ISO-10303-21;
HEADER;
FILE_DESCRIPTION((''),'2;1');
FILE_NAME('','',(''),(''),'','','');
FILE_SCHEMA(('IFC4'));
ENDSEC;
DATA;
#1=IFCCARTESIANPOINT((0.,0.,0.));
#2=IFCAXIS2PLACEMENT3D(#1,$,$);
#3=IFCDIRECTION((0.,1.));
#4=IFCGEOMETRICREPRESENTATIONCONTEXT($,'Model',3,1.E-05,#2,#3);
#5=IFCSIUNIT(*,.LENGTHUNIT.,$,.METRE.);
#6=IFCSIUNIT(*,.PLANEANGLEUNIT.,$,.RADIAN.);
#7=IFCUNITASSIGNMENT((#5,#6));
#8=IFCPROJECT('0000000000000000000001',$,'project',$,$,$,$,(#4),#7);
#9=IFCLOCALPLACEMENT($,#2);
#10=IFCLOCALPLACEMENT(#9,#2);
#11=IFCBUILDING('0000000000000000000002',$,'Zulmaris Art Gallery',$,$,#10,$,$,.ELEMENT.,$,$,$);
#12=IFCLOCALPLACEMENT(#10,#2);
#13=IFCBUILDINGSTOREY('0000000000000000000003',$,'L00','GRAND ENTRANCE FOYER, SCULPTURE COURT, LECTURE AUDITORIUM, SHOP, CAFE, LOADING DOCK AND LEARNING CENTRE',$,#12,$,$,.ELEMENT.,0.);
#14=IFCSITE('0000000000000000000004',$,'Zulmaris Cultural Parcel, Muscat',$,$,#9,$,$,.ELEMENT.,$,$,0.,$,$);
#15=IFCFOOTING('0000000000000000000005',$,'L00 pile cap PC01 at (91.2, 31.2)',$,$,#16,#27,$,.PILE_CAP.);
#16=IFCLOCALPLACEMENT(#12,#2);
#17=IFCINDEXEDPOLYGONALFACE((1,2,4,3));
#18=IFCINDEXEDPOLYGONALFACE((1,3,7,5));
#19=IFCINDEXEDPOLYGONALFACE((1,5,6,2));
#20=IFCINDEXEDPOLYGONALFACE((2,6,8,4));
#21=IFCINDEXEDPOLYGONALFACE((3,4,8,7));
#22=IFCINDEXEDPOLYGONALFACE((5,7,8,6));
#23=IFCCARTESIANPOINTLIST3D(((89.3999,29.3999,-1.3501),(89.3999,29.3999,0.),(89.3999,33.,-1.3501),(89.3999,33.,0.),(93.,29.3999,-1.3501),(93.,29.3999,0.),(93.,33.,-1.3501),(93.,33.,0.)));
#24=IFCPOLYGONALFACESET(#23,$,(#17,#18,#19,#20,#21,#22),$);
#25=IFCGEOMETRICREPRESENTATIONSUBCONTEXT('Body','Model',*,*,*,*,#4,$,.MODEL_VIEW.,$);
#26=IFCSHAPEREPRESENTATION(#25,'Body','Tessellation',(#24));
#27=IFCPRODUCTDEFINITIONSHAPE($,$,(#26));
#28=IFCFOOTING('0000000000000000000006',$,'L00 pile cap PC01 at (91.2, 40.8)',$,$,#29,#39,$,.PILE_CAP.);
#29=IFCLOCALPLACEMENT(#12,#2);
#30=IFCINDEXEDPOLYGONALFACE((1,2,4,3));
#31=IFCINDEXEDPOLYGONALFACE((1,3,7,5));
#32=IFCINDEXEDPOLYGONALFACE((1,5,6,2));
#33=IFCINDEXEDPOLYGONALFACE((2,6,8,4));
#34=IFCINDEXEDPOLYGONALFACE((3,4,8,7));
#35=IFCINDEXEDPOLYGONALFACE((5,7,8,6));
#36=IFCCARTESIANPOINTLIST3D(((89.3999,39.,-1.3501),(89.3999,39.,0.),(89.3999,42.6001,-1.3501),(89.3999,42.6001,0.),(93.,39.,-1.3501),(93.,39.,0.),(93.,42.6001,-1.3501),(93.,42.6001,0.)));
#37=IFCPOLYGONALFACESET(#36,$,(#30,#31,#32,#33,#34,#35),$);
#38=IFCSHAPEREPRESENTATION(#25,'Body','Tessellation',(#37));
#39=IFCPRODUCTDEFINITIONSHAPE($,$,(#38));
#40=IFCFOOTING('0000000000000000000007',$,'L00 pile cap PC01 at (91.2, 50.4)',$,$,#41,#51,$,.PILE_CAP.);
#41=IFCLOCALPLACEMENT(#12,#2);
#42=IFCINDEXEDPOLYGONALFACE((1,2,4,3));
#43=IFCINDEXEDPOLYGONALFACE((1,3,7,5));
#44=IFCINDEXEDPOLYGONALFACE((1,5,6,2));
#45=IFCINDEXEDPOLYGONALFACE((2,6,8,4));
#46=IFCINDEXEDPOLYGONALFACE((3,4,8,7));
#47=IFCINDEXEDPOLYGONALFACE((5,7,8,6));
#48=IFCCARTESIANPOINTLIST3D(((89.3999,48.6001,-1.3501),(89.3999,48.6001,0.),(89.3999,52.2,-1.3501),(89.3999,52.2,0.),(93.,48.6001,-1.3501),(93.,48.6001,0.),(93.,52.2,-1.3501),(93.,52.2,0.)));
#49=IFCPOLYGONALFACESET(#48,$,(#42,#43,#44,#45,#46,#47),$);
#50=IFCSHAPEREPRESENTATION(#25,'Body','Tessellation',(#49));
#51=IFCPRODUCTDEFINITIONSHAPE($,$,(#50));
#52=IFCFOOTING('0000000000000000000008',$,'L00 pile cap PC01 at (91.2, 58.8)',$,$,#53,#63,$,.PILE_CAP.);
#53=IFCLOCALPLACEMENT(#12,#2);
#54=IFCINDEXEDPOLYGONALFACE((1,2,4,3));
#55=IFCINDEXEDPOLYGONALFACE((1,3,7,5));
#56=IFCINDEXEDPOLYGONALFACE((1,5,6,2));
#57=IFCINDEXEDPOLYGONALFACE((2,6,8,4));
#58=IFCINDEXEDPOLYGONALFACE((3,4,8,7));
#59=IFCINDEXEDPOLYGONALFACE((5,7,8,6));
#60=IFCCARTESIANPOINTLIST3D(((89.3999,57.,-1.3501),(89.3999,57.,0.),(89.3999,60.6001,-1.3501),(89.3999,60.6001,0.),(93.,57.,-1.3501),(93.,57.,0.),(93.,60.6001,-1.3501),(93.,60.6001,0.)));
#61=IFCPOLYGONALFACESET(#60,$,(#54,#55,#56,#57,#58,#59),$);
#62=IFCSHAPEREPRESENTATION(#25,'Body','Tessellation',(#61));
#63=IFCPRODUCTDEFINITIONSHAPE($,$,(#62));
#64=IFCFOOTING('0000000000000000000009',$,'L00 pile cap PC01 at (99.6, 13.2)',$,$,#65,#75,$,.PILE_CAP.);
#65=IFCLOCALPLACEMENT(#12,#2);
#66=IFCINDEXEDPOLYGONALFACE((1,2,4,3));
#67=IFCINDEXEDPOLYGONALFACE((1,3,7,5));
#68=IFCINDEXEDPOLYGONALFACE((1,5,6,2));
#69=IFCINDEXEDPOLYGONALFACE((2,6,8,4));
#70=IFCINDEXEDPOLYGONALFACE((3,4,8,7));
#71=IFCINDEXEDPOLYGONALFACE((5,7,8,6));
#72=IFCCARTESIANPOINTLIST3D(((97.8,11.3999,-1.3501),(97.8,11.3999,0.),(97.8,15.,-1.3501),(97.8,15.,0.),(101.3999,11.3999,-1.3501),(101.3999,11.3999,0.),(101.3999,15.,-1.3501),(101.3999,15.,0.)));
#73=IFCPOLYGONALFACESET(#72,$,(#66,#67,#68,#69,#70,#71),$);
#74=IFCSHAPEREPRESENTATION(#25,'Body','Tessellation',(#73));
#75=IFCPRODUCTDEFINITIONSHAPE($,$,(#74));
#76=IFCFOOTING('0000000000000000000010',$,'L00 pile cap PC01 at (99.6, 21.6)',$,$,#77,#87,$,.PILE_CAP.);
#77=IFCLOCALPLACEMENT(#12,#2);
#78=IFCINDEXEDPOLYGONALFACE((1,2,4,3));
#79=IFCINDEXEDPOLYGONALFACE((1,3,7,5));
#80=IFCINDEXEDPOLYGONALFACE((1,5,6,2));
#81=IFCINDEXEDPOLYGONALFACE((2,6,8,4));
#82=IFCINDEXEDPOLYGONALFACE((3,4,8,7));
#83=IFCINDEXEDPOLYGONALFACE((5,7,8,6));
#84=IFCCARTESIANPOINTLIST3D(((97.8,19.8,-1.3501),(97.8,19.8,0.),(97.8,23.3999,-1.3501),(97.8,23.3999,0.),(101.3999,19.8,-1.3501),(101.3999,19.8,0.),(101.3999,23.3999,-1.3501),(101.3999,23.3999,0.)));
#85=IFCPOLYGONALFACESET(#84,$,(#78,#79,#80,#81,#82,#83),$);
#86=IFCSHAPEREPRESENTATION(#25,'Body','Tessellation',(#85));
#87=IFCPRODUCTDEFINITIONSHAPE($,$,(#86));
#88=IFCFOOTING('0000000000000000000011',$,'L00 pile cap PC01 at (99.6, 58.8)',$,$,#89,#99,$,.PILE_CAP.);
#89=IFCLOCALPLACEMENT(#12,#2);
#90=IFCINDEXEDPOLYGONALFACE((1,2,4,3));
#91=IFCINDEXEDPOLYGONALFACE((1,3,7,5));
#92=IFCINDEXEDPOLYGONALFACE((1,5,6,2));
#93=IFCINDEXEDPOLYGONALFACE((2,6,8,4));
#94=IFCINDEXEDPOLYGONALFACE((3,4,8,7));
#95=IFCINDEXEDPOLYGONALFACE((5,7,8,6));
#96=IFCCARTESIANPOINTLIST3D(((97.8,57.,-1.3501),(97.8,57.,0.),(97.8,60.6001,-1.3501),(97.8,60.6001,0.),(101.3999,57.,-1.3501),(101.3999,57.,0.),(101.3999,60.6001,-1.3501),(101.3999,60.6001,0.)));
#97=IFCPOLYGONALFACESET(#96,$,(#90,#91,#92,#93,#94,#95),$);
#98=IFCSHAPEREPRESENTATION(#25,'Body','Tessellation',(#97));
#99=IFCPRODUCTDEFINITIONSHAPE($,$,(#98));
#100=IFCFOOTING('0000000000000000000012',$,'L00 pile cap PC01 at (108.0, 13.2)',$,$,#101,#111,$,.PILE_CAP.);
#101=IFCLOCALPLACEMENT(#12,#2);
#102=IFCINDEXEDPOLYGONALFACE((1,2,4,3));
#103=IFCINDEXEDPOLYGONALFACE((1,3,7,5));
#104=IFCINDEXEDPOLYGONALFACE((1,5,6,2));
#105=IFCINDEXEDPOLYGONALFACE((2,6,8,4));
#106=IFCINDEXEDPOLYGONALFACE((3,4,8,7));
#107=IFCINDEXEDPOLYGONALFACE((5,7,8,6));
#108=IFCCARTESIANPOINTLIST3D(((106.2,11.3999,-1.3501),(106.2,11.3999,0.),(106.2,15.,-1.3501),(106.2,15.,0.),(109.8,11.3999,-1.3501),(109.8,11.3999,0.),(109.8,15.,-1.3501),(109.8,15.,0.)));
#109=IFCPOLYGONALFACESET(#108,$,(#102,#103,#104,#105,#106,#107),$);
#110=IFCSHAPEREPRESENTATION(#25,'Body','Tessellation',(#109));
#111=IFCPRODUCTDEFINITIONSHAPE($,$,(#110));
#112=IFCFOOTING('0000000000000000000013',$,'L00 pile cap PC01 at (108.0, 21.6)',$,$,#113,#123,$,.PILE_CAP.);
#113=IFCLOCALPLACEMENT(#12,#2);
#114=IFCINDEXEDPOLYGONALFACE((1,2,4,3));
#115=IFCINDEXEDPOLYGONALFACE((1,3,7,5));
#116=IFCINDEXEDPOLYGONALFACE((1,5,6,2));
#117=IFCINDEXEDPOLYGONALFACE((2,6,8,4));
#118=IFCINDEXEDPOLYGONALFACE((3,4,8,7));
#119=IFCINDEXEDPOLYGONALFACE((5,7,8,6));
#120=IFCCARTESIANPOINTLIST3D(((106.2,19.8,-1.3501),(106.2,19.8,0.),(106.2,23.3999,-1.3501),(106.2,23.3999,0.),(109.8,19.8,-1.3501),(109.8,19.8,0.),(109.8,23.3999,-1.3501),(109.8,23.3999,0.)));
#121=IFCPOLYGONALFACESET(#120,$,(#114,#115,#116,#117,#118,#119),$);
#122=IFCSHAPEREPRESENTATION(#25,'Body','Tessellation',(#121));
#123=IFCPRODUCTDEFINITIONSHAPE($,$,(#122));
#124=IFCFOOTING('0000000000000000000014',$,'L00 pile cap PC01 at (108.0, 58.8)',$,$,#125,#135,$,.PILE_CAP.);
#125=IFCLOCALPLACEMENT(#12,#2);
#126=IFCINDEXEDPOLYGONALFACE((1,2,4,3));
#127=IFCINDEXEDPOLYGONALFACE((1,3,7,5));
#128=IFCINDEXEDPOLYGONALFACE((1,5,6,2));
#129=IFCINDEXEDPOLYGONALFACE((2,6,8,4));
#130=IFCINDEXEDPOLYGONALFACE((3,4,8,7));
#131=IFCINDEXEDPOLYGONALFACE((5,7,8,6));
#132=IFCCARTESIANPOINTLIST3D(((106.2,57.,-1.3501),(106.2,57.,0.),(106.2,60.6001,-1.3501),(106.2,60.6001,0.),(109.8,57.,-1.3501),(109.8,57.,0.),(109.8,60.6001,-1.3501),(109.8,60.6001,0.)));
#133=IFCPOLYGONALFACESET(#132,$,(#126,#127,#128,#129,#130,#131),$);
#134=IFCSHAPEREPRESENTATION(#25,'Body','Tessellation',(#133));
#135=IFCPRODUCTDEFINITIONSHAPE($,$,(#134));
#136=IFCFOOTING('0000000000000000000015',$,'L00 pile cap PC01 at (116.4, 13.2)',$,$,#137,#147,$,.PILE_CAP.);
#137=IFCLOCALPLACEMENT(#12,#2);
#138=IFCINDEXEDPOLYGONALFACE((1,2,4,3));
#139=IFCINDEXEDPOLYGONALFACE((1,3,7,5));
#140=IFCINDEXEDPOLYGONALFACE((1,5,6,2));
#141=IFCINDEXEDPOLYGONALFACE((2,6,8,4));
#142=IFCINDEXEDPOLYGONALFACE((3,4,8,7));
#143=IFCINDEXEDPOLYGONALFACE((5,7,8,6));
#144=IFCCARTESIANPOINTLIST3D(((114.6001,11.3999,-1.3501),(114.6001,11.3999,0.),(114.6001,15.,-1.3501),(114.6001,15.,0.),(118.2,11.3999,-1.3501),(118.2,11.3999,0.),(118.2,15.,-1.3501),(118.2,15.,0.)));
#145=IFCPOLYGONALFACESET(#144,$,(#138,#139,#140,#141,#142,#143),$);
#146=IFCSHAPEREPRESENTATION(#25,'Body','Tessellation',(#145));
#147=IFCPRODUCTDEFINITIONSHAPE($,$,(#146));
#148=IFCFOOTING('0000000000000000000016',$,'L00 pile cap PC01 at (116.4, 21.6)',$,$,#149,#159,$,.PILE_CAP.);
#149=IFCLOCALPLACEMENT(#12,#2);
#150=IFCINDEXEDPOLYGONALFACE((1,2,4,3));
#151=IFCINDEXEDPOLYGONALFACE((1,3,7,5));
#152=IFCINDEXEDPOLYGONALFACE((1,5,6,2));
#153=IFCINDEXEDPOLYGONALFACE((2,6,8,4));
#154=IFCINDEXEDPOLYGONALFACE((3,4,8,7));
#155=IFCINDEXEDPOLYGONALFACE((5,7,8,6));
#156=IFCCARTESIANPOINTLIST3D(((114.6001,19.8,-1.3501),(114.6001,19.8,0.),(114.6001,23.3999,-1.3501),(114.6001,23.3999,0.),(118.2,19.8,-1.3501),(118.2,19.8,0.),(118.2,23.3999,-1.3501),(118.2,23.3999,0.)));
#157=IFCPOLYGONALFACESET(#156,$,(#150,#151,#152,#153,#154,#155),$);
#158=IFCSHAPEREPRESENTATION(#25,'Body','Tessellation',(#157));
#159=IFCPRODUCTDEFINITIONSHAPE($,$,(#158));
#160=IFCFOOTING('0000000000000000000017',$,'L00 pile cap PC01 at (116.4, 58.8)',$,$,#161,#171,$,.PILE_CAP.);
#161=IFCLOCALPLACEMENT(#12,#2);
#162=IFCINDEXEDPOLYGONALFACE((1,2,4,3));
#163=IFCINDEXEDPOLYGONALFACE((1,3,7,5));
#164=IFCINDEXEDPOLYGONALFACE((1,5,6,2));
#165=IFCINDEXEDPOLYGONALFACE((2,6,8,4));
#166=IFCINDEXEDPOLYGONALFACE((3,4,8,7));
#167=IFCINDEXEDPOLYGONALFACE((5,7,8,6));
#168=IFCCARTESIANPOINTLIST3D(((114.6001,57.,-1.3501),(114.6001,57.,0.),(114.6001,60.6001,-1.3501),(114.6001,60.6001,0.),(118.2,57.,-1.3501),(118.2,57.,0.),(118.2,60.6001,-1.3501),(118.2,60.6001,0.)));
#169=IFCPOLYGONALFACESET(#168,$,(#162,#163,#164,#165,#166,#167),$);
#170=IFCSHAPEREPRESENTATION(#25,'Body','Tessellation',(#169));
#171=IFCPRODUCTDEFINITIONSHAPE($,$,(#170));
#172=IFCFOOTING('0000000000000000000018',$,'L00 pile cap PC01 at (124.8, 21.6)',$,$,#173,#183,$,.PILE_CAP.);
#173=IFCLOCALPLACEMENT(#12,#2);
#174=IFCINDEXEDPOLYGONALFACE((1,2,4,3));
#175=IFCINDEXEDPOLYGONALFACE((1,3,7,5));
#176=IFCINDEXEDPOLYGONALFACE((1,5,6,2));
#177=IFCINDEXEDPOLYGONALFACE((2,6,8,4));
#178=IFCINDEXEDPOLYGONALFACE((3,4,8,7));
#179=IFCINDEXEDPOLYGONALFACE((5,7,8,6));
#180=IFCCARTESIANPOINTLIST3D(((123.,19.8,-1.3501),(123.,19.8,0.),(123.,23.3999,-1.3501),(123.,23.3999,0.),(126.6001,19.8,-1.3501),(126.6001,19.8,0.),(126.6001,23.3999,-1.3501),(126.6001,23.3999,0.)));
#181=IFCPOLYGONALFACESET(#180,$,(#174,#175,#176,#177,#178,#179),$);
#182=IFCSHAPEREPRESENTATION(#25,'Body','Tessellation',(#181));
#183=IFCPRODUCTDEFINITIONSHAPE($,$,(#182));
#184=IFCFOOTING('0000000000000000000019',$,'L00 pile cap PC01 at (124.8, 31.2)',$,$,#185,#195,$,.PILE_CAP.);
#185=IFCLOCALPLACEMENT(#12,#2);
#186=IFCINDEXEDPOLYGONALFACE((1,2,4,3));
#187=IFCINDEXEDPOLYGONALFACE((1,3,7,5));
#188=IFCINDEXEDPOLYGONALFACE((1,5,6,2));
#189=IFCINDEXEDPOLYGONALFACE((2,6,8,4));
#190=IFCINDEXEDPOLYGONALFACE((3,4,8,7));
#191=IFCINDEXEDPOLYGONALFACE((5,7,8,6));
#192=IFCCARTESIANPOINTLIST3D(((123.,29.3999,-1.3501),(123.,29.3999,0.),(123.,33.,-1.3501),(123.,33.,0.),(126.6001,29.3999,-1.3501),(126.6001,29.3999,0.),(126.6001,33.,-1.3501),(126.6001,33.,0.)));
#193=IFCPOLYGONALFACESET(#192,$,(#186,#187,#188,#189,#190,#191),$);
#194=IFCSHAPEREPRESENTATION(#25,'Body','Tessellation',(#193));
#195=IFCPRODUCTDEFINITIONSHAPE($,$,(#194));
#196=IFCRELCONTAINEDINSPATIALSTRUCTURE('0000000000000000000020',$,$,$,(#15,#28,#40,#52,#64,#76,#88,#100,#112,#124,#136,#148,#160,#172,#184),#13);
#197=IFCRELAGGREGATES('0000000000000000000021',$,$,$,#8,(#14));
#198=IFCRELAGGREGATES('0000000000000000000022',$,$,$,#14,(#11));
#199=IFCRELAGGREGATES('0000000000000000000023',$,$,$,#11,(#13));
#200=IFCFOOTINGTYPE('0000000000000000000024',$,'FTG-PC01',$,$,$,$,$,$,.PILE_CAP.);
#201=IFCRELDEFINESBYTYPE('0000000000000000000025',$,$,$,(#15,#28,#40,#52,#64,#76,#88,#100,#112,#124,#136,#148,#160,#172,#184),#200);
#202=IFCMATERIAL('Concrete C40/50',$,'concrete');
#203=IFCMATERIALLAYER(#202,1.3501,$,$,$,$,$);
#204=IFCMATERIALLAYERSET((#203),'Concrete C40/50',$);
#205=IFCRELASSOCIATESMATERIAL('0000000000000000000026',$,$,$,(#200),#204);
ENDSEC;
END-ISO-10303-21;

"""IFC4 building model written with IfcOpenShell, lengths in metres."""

from ifc_helpers import new_model, si_unit, direction, frame, origin, place, context, subcontext, project, spatial, polyline, outline, extrude, material, layer, layer_set, type_object, element, save


model = new_model("IFC4")

# Units and contexts
model_context = context("Model", 3, precision=1e-05, world=origin(), true_north=direction((0.0, 1.0)))
body_context = subcontext(model_context, "Body", "Model", "MODEL_VIEW")
ifc_project = project(units=[si_unit("LENGTHUNIT", "METRE"), si_unit("PLANEANGLEUNIT", "RADIAN")], contexts=[model_context])

# Site, building, storey
site_placement = place(None, origin())
site = spatial("IfcSite", under=ifc_project, at=site_placement, Name="Zulmaris Cultural Parcel, Muscat", CompositionType="ELEMENT", RefElevation=0.0)
building_placement = place(site_placement, origin())
building = spatial("IfcBuilding", under=site, at=building_placement, Name="Zulmaris Art Gallery", CompositionType="ELEMENT")
storey_placement = place(building_placement, origin())
storey = spatial("IfcBuildingStorey", under=building, at=storey_placement, Name="L00", Description="GRAND ENTRANCE FOYER, SCULPTURE COURT, LECTURE AUDITORIUM, SHOP, CAFE, LOADING DOCK AND LEARNING CENTRE", CompositionType="ELEMENT", Elevation=0.0)

# Footings
ifc_material = material(Name="Concrete C40/50", Category="concrete")
ifc_layer_1 = layer(ifc_material, 1.3501)
ifc_layer_set_1 = layer_set([ifc_layer_1], Name="Concrete C40/50")
footing_type_1 = type_object("IfcFootingType", Name="FTG-PC01", PredefinedType="PILE_CAP", material=ifc_layer_set_1)
footing_1_placement = place(storey_placement, frame((0.0, 0.0, -1.3501)))
element("IfcFooting", 1, at=footing_1_placement, inside=storey, type_object=footing_type_1, Name="L00 pile cap PC01 at (91.2, 31.2)", PredefinedType="PILE_CAP", context=body_context, shape_type="SweptSolid", body=[
    extrude(outline(polyline([(89.3999, 29.3999), (93.0, 29.3999), (93.0, 33.0), (89.3999, 33.0), (89.3999, 29.3999)])), origin(), (0.0, 0.0, 1.0), 1.3501),
])
footing_2_placement = place(storey_placement, frame((0.0, 0.0, -1.3501)))
element("IfcFooting", 2, at=footing_2_placement, inside=storey, type_object=footing_type_1, Name="L00 pile cap PC01 at (91.2, 40.8)", PredefinedType="PILE_CAP", context=body_context, shape_type="SweptSolid", body=[
    extrude(outline(polyline([(89.3999, 39.0), (93.0, 39.0), (93.0, 42.6001), (89.3999, 42.6001), (89.3999, 39.0)])), origin(), (0.0, 0.0, 1.0), 1.3501),
])
footing_3_placement = place(storey_placement, frame((0.0, 0.0, -1.3501)))
element("IfcFooting", 3, at=footing_3_placement, inside=storey, type_object=footing_type_1, Name="L00 pile cap PC01 at (91.2, 50.4)", PredefinedType="PILE_CAP", context=body_context, shape_type="SweptSolid", body=[
    extrude(outline(polyline([(89.3999, 48.6001), (93.0, 48.6001), (93.0, 52.2), (89.3999, 52.2), (89.3999, 48.6001)])), origin(), (0.0, 0.0, 1.0), 1.3501),
])
footing_4_placement = place(storey_placement, frame((0.0, 0.0, -1.3501)))
element("IfcFooting", 4, at=footing_4_placement, inside=storey, type_object=footing_type_1, Name="L00 pile cap PC01 at (91.2, 58.8)", PredefinedType="PILE_CAP", context=body_context, shape_type="SweptSolid", body=[
    extrude(outline(polyline([(89.3999, 57.0), (93.0, 57.0), (93.0, 60.6001), (89.3999, 60.6001), (89.3999, 57.0)])), origin(), (0.0, 0.0, 1.0), 1.3501),
])
footing_5_placement = place(storey_placement, frame((0.0, 0.0, -1.3501)))
element("IfcFooting", 5, at=footing_5_placement, inside=storey, type_object=footing_type_1, Name="L00 pile cap PC01 at (99.6, 13.2)", PredefinedType="PILE_CAP", context=body_context, shape_type="SweptSolid", body=[
    extrude(outline(polyline([(97.8, 11.3999), (101.3999, 11.3999), (101.3999, 15.0), (97.8, 15.0), (97.8, 11.3999)])), origin(), (0.0, 0.0, 1.0), 1.3501),
])
footing_6_placement = place(storey_placement, frame((0.0, 0.0, -1.3501)))
element("IfcFooting", 6, at=footing_6_placement, inside=storey, type_object=footing_type_1, Name="L00 pile cap PC01 at (99.6, 21.6)", PredefinedType="PILE_CAP", context=body_context, shape_type="SweptSolid", body=[
    extrude(outline(polyline([(97.8, 19.8), (101.3999, 19.8), (101.3999, 23.3999), (97.8, 23.3999), (97.8, 19.8)])), origin(), (0.0, 0.0, 1.0), 1.3501),
])
footing_7_placement = place(storey_placement, frame((0.0, 0.0, -1.3501)))
element("IfcFooting", 7, at=footing_7_placement, inside=storey, type_object=footing_type_1, Name="L00 pile cap PC01 at (99.6, 58.8)", PredefinedType="PILE_CAP", context=body_context, shape_type="SweptSolid", body=[
    extrude(outline(polyline([(97.8, 57.0), (101.3999, 57.0), (101.3999, 60.6001), (97.8, 60.6001), (97.8, 57.0)])), origin(), (0.0, 0.0, 1.0), 1.3501),
])
footing_8_placement = place(storey_placement, frame((0.0, 0.0, -1.3501)))
element("IfcFooting", 8, at=footing_8_placement, inside=storey, type_object=footing_type_1, Name="L00 pile cap PC01 at (108.0, 13.2)", PredefinedType="PILE_CAP", context=body_context, shape_type="SweptSolid", body=[
    extrude(outline(polyline([(106.2, 11.3999), (109.8, 11.3999), (109.8, 15.0), (106.2, 15.0), (106.2, 11.3999)])), origin(), (0.0, 0.0, 1.0), 1.3501),
])
footing_9_placement = place(storey_placement, frame((0.0, 0.0, -1.3501)))
element("IfcFooting", 9, at=footing_9_placement, inside=storey, type_object=footing_type_1, Name="L00 pile cap PC01 at (108.0, 21.6)", PredefinedType="PILE_CAP", context=body_context, shape_type="SweptSolid", body=[
    extrude(outline(polyline([(106.2, 19.8), (109.8, 19.8), (109.8, 23.3999), (106.2, 23.3999), (106.2, 19.8)])), origin(), (0.0, 0.0, 1.0), 1.3501),
])
footing_10_placement = place(storey_placement, frame((0.0, 0.0, -1.3501)))
element("IfcFooting", 10, at=footing_10_placement, inside=storey, type_object=footing_type_1, Name="L00 pile cap PC01 at (108.0, 58.8)", PredefinedType="PILE_CAP", context=body_context, shape_type="SweptSolid", body=[
    extrude(outline(polyline([(106.2, 57.0), (109.8, 57.0), (109.8, 60.6001), (106.2, 60.6001), (106.2, 57.0)])), origin(), (0.0, 0.0, 1.0), 1.3501),
])
footing_11_placement = place(storey_placement, frame((0.0, 0.0, -1.3501)))
element("IfcFooting", 11, at=footing_11_placement, inside=storey, type_object=footing_type_1, Name="L00 pile cap PC01 at (116.4, 13.2)", PredefinedType="PILE_CAP", context=body_context, shape_type="SweptSolid", body=[
    extrude(outline(polyline([(114.6001, 11.3999), (118.2, 11.3999), (118.2, 15.0), (114.6001, 15.0), (114.6001, 11.3999)])), origin(), (0.0, 0.0, 1.0), 1.3501),
])
footing_12_placement = place(storey_placement, frame((0.0, 0.0, -1.3501)))
element("IfcFooting", 12, at=footing_12_placement, inside=storey, type_object=footing_type_1, Name="L00 pile cap PC01 at (116.4, 21.6)", PredefinedType="PILE_CAP", context=body_context, shape_type="SweptSolid", body=[
    extrude(outline(polyline([(114.6001, 19.8), (118.2, 19.8), (118.2, 23.3999), (114.6001, 23.3999), (114.6001, 19.8)])), origin(), (0.0, 0.0, 1.0), 1.3501),
])
footing_13_placement = place(storey_placement, frame((0.0, 0.0, -1.3501)))
element("IfcFooting", 13, at=footing_13_placement, inside=storey, type_object=footing_type_1, Name="L00 pile cap PC01 at (116.4, 58.8)", PredefinedType="PILE_CAP", context=body_context, shape_type="SweptSolid", body=[
    extrude(outline(polyline([(114.6001, 57.0), (118.2, 57.0), (118.2, 60.6001), (114.6001, 60.6001), (114.6001, 57.0)])), origin(), (0.0, 0.0, 1.0), 1.3501),
])
footing_14_placement = place(storey_placement, frame((0.0, 0.0, -1.3501)))
element("IfcFooting", 14, at=footing_14_placement, inside=storey, type_object=footing_type_1, Name="L00 pile cap PC01 at (124.8, 21.6)", PredefinedType="PILE_CAP", context=body_context, shape_type="SweptSolid", body=[
    extrude(outline(polyline([(123.0, 19.8), (126.6001, 19.8), (126.6001, 23.3999), (123.0, 23.3999), (123.0, 19.8)])), origin(), (0.0, 0.0, 1.0), 1.3501),
])
footing_15_placement = place(storey_placement, frame((0.0, 0.0, -1.3501)))
element("IfcFooting", 15, at=footing_15_placement, inside=storey, type_object=footing_type_1, Name="L00 pile cap PC01 at (124.8, 31.2)", PredefinedType="PILE_CAP", context=body_context, shape_type="SweptSolid", body=[
    extrude(outline(polyline([(123.0, 29.3999), (126.6001, 29.3999), (126.6001, 33.0), (123.0, 33.0), (123.0, 29.3999)])), origin(), (0.0, 0.0, 1.0), 1.3501),
])

save(model, "model.ifc")
